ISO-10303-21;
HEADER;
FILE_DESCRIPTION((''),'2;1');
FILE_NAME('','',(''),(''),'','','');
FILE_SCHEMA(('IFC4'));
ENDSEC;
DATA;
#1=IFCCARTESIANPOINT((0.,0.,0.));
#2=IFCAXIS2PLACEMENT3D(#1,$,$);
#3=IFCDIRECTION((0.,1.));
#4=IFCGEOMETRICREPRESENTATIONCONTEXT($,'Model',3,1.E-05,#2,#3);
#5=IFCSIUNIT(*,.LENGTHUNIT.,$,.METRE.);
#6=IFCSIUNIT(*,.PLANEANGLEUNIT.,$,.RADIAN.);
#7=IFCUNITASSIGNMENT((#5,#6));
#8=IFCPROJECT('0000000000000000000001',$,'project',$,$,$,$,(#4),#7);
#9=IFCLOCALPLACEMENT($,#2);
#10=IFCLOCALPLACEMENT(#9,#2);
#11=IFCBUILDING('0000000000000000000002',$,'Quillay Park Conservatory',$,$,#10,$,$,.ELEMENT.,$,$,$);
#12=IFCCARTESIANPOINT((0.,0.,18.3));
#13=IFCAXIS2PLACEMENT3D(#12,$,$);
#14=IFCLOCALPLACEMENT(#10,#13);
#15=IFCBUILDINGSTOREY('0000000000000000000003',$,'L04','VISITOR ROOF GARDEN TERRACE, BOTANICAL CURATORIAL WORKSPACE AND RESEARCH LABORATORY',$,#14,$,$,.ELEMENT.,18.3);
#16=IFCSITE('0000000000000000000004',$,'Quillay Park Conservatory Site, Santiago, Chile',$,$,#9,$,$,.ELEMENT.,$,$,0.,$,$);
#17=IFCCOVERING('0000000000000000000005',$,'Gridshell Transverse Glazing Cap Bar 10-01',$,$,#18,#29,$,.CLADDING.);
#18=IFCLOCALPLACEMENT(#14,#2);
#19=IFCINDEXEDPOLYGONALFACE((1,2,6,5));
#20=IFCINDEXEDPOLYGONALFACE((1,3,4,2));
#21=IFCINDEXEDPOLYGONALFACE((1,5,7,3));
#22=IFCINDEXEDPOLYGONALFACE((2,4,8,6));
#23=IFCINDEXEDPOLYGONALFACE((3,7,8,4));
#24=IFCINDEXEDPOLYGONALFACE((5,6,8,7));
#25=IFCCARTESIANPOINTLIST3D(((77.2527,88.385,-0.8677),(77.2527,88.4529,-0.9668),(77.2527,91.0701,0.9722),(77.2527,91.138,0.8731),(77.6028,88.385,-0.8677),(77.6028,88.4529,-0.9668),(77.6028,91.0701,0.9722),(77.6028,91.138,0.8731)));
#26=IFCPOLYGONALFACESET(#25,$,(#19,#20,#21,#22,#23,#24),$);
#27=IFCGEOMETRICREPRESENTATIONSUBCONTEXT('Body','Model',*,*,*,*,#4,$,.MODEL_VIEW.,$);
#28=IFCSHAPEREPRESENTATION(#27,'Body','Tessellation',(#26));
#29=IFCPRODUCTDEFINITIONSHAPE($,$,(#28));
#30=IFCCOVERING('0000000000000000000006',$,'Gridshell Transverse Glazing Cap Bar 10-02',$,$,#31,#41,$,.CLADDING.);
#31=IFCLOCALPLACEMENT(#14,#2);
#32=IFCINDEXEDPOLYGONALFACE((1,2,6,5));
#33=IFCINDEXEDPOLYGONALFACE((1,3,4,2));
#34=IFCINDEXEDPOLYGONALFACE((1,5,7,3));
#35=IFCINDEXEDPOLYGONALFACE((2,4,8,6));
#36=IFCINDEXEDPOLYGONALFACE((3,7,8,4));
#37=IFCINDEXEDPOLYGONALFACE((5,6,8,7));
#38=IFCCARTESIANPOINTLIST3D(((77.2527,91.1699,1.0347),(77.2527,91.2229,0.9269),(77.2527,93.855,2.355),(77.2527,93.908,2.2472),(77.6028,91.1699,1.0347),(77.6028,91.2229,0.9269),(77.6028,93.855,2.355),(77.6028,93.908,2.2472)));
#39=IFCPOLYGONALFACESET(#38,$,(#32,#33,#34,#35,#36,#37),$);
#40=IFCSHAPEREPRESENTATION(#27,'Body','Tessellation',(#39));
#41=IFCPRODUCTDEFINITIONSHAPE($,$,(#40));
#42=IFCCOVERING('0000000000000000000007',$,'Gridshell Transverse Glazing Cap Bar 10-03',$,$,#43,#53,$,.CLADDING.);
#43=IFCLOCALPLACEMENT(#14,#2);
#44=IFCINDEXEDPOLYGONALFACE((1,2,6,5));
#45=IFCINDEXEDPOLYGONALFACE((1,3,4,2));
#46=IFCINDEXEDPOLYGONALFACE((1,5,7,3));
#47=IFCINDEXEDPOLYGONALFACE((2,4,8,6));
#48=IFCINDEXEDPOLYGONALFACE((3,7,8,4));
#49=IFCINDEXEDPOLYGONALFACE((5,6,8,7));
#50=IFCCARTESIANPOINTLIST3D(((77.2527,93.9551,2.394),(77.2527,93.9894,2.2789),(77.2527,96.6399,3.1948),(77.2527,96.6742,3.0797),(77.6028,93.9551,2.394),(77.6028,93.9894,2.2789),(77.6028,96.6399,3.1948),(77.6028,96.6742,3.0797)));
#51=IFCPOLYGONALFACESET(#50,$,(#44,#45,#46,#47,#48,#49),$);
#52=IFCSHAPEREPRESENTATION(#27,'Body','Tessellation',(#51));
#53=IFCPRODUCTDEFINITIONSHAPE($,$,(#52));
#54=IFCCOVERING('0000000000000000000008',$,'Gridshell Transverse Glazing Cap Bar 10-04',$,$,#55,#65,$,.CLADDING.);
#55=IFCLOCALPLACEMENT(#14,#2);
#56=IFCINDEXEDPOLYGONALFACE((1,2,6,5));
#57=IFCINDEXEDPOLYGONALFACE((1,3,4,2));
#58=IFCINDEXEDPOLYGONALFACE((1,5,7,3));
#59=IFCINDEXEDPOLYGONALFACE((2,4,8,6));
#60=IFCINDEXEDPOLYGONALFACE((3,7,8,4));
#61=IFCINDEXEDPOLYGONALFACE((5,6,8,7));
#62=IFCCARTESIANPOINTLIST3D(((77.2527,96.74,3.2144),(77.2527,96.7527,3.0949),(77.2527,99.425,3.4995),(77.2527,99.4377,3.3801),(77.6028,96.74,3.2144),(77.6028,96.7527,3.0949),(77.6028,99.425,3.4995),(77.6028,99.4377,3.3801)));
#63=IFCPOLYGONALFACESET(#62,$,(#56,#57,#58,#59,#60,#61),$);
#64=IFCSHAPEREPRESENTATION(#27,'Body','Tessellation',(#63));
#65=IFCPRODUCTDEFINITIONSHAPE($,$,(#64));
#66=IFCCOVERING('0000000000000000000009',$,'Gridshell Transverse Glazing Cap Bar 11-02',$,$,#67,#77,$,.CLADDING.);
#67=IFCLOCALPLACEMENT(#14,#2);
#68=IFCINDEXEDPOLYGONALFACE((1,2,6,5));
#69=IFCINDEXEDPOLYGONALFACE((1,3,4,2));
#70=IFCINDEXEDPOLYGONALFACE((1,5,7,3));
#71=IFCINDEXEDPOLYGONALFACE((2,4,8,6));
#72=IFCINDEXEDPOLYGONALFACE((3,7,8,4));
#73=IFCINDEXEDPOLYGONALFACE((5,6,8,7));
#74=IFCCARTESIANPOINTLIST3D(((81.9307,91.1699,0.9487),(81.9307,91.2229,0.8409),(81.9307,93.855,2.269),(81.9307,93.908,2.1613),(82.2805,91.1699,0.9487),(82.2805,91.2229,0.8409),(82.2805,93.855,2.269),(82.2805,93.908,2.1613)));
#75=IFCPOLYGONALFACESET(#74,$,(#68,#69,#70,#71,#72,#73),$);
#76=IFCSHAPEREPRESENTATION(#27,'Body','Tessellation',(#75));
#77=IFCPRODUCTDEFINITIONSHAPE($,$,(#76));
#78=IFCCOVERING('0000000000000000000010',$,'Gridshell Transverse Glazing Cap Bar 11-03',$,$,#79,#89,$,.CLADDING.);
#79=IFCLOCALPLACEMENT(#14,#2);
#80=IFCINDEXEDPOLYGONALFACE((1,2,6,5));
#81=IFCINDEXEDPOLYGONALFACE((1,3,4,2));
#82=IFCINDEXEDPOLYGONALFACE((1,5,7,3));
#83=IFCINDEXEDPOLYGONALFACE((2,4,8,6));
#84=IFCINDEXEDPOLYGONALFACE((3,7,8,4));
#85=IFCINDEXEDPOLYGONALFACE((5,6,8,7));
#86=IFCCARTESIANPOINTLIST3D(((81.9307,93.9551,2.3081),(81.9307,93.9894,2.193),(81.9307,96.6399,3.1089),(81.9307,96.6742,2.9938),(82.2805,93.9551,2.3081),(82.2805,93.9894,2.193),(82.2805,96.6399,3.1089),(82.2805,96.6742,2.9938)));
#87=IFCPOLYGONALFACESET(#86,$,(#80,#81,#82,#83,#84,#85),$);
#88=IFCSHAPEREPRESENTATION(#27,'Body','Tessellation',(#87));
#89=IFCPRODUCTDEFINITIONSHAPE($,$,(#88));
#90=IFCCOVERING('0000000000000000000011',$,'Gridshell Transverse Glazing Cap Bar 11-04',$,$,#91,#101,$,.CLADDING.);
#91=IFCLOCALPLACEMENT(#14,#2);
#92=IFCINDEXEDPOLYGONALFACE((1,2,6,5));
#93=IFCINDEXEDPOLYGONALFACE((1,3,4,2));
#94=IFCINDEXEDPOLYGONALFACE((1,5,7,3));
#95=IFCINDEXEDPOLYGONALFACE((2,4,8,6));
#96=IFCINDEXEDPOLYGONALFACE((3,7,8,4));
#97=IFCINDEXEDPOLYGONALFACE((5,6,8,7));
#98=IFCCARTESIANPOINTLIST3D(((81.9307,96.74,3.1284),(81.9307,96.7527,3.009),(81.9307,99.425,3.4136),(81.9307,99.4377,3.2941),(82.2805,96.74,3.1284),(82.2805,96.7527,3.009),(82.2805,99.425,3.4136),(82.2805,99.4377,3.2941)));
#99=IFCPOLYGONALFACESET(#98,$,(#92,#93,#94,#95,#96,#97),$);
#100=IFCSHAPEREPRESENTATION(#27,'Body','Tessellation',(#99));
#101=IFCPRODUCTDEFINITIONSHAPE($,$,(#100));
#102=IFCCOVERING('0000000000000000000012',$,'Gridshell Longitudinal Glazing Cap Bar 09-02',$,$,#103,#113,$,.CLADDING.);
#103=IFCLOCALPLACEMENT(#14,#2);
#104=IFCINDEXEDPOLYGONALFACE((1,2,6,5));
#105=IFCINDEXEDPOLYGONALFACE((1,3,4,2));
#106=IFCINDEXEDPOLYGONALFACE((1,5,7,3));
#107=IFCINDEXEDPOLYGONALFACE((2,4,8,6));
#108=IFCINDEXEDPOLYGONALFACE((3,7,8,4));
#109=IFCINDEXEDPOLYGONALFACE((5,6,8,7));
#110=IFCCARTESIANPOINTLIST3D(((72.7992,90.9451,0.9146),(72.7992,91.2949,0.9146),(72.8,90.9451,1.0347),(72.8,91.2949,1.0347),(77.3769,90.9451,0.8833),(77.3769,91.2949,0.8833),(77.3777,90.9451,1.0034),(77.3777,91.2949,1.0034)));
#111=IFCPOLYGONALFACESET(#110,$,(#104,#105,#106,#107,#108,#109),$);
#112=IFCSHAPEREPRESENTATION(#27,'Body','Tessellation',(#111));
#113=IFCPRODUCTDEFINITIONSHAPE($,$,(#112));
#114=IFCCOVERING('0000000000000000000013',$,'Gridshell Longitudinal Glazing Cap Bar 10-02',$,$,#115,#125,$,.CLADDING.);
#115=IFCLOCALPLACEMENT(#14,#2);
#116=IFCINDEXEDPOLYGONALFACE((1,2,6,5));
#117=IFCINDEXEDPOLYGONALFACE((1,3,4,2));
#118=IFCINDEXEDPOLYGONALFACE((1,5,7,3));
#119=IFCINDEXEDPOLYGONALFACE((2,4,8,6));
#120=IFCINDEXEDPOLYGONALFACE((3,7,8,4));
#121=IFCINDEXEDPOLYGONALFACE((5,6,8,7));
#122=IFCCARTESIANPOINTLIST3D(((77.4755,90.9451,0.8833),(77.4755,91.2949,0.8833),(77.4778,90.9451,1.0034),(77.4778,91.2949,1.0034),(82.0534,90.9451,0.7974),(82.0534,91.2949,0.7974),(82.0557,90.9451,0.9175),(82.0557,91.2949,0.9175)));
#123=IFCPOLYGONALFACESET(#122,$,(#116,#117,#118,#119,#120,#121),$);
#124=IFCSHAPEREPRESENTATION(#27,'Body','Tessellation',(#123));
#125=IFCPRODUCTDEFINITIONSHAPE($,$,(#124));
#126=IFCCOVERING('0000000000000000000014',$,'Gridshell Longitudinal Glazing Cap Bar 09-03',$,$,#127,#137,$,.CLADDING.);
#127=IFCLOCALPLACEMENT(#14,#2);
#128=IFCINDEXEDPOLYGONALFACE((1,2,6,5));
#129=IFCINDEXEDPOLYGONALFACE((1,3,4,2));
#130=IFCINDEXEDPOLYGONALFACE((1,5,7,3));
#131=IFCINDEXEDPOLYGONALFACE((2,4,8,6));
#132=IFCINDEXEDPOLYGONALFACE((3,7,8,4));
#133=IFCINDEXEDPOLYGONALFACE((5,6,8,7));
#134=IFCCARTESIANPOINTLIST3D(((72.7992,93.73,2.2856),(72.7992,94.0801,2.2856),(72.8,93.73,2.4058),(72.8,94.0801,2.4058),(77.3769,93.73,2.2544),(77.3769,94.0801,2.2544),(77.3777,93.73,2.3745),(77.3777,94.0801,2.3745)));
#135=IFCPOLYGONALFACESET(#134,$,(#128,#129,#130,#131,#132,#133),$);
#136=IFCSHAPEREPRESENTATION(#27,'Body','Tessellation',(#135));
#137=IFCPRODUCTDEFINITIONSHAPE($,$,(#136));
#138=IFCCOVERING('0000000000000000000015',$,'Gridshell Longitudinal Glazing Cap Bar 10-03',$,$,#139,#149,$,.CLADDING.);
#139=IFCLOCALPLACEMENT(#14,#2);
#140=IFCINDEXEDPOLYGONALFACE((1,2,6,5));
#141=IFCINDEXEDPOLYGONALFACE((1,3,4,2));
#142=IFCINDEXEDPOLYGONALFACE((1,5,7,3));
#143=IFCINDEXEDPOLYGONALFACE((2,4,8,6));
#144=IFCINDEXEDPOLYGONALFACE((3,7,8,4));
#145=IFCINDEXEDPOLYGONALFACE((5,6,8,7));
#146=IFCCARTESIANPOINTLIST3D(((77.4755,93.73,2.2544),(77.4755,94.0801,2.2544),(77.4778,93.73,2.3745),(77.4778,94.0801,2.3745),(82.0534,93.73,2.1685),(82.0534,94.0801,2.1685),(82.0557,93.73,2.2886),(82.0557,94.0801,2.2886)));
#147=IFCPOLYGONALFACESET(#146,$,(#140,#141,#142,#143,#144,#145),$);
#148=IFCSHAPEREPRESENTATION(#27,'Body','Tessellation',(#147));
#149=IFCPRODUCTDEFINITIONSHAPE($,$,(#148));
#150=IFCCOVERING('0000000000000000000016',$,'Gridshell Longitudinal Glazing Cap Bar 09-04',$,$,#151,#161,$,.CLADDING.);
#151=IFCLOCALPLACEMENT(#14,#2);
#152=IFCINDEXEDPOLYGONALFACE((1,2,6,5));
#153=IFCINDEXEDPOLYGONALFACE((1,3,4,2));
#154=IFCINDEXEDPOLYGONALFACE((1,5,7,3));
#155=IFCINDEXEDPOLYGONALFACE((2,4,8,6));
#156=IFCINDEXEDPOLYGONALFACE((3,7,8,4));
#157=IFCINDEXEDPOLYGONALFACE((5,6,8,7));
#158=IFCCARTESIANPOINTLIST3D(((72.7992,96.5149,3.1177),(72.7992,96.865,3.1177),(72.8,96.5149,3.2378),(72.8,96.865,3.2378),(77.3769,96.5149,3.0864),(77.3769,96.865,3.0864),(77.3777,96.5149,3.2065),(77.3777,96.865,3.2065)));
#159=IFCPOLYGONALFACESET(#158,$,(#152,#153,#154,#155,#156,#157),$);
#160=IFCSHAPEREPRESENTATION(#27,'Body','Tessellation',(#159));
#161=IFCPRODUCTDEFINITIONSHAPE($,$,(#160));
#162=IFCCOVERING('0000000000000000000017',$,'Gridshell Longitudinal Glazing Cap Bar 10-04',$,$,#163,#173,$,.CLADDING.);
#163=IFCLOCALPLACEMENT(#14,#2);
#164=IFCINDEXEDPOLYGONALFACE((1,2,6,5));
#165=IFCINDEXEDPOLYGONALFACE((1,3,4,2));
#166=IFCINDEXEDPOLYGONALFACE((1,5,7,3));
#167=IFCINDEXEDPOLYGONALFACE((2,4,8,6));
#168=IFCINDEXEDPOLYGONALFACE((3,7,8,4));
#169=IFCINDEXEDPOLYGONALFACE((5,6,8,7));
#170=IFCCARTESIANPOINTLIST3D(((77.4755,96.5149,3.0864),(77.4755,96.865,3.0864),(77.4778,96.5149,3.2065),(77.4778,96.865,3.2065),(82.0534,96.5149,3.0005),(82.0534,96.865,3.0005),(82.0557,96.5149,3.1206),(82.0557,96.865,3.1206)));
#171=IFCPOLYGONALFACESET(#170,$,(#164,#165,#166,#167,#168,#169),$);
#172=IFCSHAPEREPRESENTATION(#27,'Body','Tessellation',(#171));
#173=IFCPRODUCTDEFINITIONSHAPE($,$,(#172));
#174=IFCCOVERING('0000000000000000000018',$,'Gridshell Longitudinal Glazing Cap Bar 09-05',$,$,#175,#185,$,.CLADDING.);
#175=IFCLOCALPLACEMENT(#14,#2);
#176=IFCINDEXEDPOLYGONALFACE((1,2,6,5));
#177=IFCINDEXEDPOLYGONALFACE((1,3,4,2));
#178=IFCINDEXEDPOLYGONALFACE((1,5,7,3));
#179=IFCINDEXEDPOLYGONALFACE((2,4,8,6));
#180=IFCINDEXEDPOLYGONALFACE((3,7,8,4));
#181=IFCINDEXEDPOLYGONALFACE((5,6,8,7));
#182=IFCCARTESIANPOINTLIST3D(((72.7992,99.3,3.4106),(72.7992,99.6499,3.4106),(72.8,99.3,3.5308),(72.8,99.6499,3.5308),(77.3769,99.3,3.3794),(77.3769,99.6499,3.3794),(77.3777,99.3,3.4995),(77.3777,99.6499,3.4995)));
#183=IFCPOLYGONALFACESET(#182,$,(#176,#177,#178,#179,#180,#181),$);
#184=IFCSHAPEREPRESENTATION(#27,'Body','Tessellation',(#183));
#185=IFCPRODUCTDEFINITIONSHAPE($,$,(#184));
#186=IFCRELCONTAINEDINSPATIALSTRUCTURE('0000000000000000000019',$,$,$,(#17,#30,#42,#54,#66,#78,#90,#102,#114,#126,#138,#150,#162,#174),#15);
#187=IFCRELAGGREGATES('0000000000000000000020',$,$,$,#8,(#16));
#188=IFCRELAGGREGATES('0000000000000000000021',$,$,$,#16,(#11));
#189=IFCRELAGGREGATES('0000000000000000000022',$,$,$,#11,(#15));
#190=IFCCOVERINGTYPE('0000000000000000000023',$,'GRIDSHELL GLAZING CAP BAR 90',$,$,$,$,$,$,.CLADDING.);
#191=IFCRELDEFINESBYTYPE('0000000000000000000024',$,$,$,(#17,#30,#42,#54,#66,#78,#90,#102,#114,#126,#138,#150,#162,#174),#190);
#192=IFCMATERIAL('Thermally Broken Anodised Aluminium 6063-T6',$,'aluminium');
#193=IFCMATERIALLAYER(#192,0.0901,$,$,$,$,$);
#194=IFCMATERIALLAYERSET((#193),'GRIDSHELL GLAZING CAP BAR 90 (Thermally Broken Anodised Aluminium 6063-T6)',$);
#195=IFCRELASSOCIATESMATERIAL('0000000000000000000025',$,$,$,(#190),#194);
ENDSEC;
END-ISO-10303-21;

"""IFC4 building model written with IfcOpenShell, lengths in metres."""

from ifc_helpers import new_model, si_unit, direction, frame, origin, place, context, subcontext, project, spatial, polyline, outline, extrude, material, layer, layer_set, type_object, element, save


model = new_model("IFC4")

# Units and contexts
model_context = context("Model", 3, precision=1e-05, world=origin(), true_north=direction((0.0, 1.0)))
body_context = subcontext(model_context, "Body", "Model", "MODEL_VIEW")
ifc_project = project(units=[si_unit("LENGTHUNIT", "METRE"), si_unit("PLANEANGLEUNIT", "RADIAN")], contexts=[model_context])

# Site, building, storey
site_placement = place(None, origin())
site = spatial("IfcSite", under=ifc_project, at=site_placement, Name="Quillay Park Conservatory Site, Santiago, Chile", CompositionType="ELEMENT", RefElevation=0.0)
building_placement = place(site_placement, origin())
building = spatial("IfcBuilding", under=site, at=building_placement, Name="Quillay Park Conservatory", CompositionType="ELEMENT")
storey_placement = place(building_placement, frame((0.0, 0.0, 18.3)))
storey = spatial("IfcBuildingStorey", under=building, at=storey_placement, Name="L04", Description="VISITOR ROOF GARDEN TERRACE, BOTANICAL CURATORIAL WORKSPACE AND RESEARCH LABORATORY", CompositionType="ELEMENT", Elevation=18.3)

# Coverings
ifc_material_1 = material(Name="Thermally Broken Anodised Aluminium 6063-T6", Category="aluminium")
ifc_layer_1 = layer(ifc_material_1, 0.0901)
ifc_layer_set_1 = layer_set([ifc_layer_1], Name="GRIDSHELL GLAZING CAP BAR 90 (Thermally Broken Anodised Aluminium 6063-T6)")
covering_type = type_object("IfcCoveringType", Name="GRIDSHELL GLAZING CAP BAR 90", PredefinedType="CLADDING", material=ifc_layer_set_1)
covering_1_placement = place(storey_placement, frame((77.2527, 88.385, -0.8677), z_axis=(0.0, -0.565248, 0.824921), x_axis=(1.0, 0.0, 0.0)))
element("IfcCovering", 1, at=covering_1_placement, inside=storey, type_object=covering_type, Name="Gridshell Transverse Glazing Cap Bar 10-01", PredefinedType="CLADDING", context=body_context, shape_type="SweptSolid", body=[
    extrude(outline(polyline([(0.0, 0.0), (0.3501, 0.0), (0.3501, 3.2549), (0.0, 3.2549), (0.0, 0.0)])), origin(), (0.0, 0.0, -1.0), 0.1201),
])
covering_2_placement = place(storey_placement, frame((77.2527, 91.1699, 1.0347), z_axis=(0.0, -0.441264, 0.897378), x_axis=(1.0, 0.0, 0.0)))
element("IfcCovering", 2, at=covering_2_placement, inside=storey, type_object=covering_type, Name="Gridshell Transverse Glazing Cap Bar 10-02", PredefinedType="CLADDING", context=body_context, shape_type="SweptSolid", body=[
    extrude(outline(polyline([(0.0, 0.0), (0.3501, 0.0), (0.3501, 2.9921), (0.0, 2.9921), (0.0, 0.0)])), origin(), (0.0, 0.0, -1.0), 0.1201),
])
covering_3_placement = place(storey_placement, frame((77.2527, 93.9551, 2.394), z_axis=(0.0, -0.285821, 0.958283), x_axis=(1.0, 0.0, 0.0)))
element("IfcCovering", 3, at=covering_3_placement, inside=storey, type_object=covering_type, Name="Gridshell Transverse Glazing Cap Bar 10-03", PredefinedType="CLADDING", context=body_context, shape_type="SweptSolid", body=[
    extrude(outline(polyline([(0.0, 0.0), (0.3501, 0.0), (0.3501, 2.8017), (0.0, 2.8017), (0.0, 0.0)])), origin(), (0.0, 0.0, -1.0), 0.1201),
])
covering_4_placement = place(storey_placement, frame((77.2527, 96.74, 3.2144), z_axis=(0.0, -0.105607, 0.994408), x_axis=(1.0, 0.0, 0.0)))
element("IfcCovering", 4, at=covering_4_placement, inside=storey, type_object=covering_type, Name="Gridshell Transverse Glazing Cap Bar 10-04", PredefinedType="CLADDING", context=body_context, shape_type="SweptSolid", body=[
    extrude(outline(polyline([(0.0, 0.0), (0.3501, 0.0), (0.3501, 2.7002), (0.0, 2.7002), (0.0, 0.0)])), origin(), (0.0, 0.0, -1.0), 0.1201),
])
covering_5_placement = place(storey_placement, frame((81.9307, 91.1699, 0.9487), z_axis=(0.0, -0.441264, 0.897378), x_axis=(1.0, 0.0, 0.0)))
element("IfcCovering", 5, at=covering_5_placement, inside=storey, type_object=covering_type, Name="Gridshell Transverse Glazing Cap Bar 11-02", PredefinedType="CLADDING", context=body_context, shape_type="SweptSolid", body=[
    extrude(outline(polyline([(0.0, 0.0), (0.3499, 0.0), (0.3499, 2.9921), (0.0, 2.9921), (0.0, 0.0)])), origin(), (0.0, 0.0, -1.0), 0.1201),
])
covering_6_placement = place(storey_placement, frame((81.9307, 93.9551, 2.3081), z_axis=(0.0, -0.285821, 0.958283), x_axis=(1.0, 0.0, 0.0)))
element("IfcCovering", 6, at=covering_6_placement, inside=storey, type_object=covering_type, Name="Gridshell Transverse Glazing Cap Bar 11-03", PredefinedType="CLADDING", context=body_context, shape_type="SweptSolid", body=[
    extrude(outline(polyline([(0.0, 0.0), (0.3499, 0.0), (0.3499, 2.8017), (0.0, 2.8017), (0.0, 0.0)])), origin(), (0.0, 0.0, -1.0), 0.1201),
])
covering_7_placement = place(storey_placement, frame((81.9307, 96.74, 3.1284), z_axis=(0.0, -0.105607, 0.994408), x_axis=(1.0, 0.0, 0.0)))
element("IfcCovering", 7, at=covering_7_placement, inside=storey, type_object=covering_type, Name="Gridshell Transverse Glazing Cap Bar 11-04", PredefinedType="CLADDING", context=body_context, shape_type="SweptSolid", body=[
    extrude(outline(polyline([(0.0, 0.0), (0.3499, 0.0), (0.3499, 2.7002), (0.0, 2.7002), (0.0, 0.0)])), origin(), (0.0, 0.0, -1.0), 0.1201),
])
covering_8_placement = place(storey_placement, frame((72.8, 90.9451, 1.0347), z_axis=(0.006827, 0.0, 0.999977), x_axis=(0.999977, 0.0, -0.006827)))
element("IfcCovering", 8, at=covering_8_placement, inside=storey, type_object=covering_type, Name="Gridshell Longitudinal Glazing Cap Bar 09-02", PredefinedType="CLADDING", context=body_context, shape_type="SweptSolid", body=[
    extrude(outline(polyline([(0.0, 0.0), (4.5777, 0.0), (4.5777, 0.3499), (0.0, 0.3499), (0.0, 0.0)])), origin(), (0.0, 0.0, -1.0), 0.1201),
])
covering_9_placement = place(storey_placement, frame((77.4778, 90.9451, 1.0034), z_axis=(0.018769, 0.0, 0.999824), x_axis=(0.999824, 0.0, -0.018769)))
element("IfcCovering", 9, at=covering_9_placement, inside=storey, type_object=covering_type, Name="Gridshell Longitudinal Glazing Cap Bar 10-02", PredefinedType="CLADDING", context=body_context, shape_type="SweptSolid", body=[
    extrude(outline(polyline([(0.0, 0.0), (4.5787, 0.0), (4.5787, 0.3499), (0.0, 0.3499), (0.0, 0.0)])), origin(), (0.0, 0.0, -1.0), 0.1201),
])
covering_10_placement = place(storey_placement, frame((72.8, 93.73, 2.4058), z_axis=(0.006827, 0.0, 0.999977), x_axis=(0.999977, 0.0, -0.006827)))
element("IfcCovering", 10, at=covering_10_placement, inside=storey, type_object=covering_type, Name="Gridshell Longitudinal Glazing Cap Bar 09-03", PredefinedType="CLADDING", context=body_context, shape_type="SweptSolid", body=[
    extrude(outline(polyline([(0.0, 0.0), (4.5777, 0.0), (4.5777, 0.3501), (0.0, 0.3501), (0.0, 0.0)])), origin(), (0.0, 0.0, -1.0), 0.1201),
])
covering_11_placement = place(storey_placement, frame((77.4778, 93.73, 2.3745), z_axis=(0.018769, 0.0, 0.999824), x_axis=(0.999824, 0.0, -0.018769)))
element("IfcCovering", 11, at=covering_11_placement, inside=storey, type_object=covering_type, Name="Gridshell Longitudinal Glazing Cap Bar 10-03", PredefinedType="CLADDING", context=body_context, shape_type="SweptSolid", body=[
    extrude(outline(polyline([(0.0, 0.0), (4.5787, 0.0), (4.5787, 0.3501), (0.0, 0.3501), (0.0, 0.0)])), origin(), (0.0, 0.0, -1.0), 0.1201),
])
covering_12_placement = place(storey_placement, frame((72.8, 96.5149, 3.2378), z_axis=(0.006827, 0.0, 0.999977), x_axis=(0.999977, 0.0, -0.006827)))
element("IfcCovering", 12, at=covering_12_placement, inside=storey, type_object=covering_type, Name="Gridshell Longitudinal Glazing Cap Bar 09-04", PredefinedType="CLADDING", context=body_context, shape_type="SweptSolid", body=[
    extrude(outline(polyline([(0.0, 0.0), (4.5777, 0.0), (4.5777, 0.3501), (0.0, 0.3501), (0.0, 0.0)])), origin(), (0.0, 0.0, -1.0), 0.1201),
])
covering_13_placement = place(storey_placement, frame((77.4778, 96.5149, 3.2065), z_axis=(0.018769, 0.0, 0.999824), x_axis=(0.999824, 0.0, -0.018769)))
element("IfcCovering", 13, at=covering_13_placement, inside=storey, type_object=covering_type, Name="Gridshell Longitudinal Glazing Cap Bar 10-04", PredefinedType="CLADDING", context=body_context, shape_type="SweptSolid", body=[
    extrude(outline(polyline([(0.0, 0.0), (4.5787, 0.0), (4.5787, 0.3501), (0.0, 0.3501), (0.0, 0.0)])), origin(), (0.0, 0.0, -1.0), 0.1201),
])
covering_14_placement = place(storey_placement, frame((72.8, 99.3, 3.5308), z_axis=(0.006827, 0.0, 0.999977), x_axis=(0.999977, 0.0, -0.006827)))
element("IfcCovering", 14, at=covering_14_placement, inside=storey, type_object=covering_type, Name="Gridshell Longitudinal Glazing Cap Bar 09-05", PredefinedType="CLADDING", context=body_context, shape_type="SweptSolid", body=[
    extrude(outline(polyline([(0.0, 0.0), (4.5777, 0.0), (4.5777, 0.3499), (0.0, 0.3499), (0.0, 0.0)])), origin(), (0.0, 0.0, -1.0), 0.1201),
])

save(model, "model.ifc")
